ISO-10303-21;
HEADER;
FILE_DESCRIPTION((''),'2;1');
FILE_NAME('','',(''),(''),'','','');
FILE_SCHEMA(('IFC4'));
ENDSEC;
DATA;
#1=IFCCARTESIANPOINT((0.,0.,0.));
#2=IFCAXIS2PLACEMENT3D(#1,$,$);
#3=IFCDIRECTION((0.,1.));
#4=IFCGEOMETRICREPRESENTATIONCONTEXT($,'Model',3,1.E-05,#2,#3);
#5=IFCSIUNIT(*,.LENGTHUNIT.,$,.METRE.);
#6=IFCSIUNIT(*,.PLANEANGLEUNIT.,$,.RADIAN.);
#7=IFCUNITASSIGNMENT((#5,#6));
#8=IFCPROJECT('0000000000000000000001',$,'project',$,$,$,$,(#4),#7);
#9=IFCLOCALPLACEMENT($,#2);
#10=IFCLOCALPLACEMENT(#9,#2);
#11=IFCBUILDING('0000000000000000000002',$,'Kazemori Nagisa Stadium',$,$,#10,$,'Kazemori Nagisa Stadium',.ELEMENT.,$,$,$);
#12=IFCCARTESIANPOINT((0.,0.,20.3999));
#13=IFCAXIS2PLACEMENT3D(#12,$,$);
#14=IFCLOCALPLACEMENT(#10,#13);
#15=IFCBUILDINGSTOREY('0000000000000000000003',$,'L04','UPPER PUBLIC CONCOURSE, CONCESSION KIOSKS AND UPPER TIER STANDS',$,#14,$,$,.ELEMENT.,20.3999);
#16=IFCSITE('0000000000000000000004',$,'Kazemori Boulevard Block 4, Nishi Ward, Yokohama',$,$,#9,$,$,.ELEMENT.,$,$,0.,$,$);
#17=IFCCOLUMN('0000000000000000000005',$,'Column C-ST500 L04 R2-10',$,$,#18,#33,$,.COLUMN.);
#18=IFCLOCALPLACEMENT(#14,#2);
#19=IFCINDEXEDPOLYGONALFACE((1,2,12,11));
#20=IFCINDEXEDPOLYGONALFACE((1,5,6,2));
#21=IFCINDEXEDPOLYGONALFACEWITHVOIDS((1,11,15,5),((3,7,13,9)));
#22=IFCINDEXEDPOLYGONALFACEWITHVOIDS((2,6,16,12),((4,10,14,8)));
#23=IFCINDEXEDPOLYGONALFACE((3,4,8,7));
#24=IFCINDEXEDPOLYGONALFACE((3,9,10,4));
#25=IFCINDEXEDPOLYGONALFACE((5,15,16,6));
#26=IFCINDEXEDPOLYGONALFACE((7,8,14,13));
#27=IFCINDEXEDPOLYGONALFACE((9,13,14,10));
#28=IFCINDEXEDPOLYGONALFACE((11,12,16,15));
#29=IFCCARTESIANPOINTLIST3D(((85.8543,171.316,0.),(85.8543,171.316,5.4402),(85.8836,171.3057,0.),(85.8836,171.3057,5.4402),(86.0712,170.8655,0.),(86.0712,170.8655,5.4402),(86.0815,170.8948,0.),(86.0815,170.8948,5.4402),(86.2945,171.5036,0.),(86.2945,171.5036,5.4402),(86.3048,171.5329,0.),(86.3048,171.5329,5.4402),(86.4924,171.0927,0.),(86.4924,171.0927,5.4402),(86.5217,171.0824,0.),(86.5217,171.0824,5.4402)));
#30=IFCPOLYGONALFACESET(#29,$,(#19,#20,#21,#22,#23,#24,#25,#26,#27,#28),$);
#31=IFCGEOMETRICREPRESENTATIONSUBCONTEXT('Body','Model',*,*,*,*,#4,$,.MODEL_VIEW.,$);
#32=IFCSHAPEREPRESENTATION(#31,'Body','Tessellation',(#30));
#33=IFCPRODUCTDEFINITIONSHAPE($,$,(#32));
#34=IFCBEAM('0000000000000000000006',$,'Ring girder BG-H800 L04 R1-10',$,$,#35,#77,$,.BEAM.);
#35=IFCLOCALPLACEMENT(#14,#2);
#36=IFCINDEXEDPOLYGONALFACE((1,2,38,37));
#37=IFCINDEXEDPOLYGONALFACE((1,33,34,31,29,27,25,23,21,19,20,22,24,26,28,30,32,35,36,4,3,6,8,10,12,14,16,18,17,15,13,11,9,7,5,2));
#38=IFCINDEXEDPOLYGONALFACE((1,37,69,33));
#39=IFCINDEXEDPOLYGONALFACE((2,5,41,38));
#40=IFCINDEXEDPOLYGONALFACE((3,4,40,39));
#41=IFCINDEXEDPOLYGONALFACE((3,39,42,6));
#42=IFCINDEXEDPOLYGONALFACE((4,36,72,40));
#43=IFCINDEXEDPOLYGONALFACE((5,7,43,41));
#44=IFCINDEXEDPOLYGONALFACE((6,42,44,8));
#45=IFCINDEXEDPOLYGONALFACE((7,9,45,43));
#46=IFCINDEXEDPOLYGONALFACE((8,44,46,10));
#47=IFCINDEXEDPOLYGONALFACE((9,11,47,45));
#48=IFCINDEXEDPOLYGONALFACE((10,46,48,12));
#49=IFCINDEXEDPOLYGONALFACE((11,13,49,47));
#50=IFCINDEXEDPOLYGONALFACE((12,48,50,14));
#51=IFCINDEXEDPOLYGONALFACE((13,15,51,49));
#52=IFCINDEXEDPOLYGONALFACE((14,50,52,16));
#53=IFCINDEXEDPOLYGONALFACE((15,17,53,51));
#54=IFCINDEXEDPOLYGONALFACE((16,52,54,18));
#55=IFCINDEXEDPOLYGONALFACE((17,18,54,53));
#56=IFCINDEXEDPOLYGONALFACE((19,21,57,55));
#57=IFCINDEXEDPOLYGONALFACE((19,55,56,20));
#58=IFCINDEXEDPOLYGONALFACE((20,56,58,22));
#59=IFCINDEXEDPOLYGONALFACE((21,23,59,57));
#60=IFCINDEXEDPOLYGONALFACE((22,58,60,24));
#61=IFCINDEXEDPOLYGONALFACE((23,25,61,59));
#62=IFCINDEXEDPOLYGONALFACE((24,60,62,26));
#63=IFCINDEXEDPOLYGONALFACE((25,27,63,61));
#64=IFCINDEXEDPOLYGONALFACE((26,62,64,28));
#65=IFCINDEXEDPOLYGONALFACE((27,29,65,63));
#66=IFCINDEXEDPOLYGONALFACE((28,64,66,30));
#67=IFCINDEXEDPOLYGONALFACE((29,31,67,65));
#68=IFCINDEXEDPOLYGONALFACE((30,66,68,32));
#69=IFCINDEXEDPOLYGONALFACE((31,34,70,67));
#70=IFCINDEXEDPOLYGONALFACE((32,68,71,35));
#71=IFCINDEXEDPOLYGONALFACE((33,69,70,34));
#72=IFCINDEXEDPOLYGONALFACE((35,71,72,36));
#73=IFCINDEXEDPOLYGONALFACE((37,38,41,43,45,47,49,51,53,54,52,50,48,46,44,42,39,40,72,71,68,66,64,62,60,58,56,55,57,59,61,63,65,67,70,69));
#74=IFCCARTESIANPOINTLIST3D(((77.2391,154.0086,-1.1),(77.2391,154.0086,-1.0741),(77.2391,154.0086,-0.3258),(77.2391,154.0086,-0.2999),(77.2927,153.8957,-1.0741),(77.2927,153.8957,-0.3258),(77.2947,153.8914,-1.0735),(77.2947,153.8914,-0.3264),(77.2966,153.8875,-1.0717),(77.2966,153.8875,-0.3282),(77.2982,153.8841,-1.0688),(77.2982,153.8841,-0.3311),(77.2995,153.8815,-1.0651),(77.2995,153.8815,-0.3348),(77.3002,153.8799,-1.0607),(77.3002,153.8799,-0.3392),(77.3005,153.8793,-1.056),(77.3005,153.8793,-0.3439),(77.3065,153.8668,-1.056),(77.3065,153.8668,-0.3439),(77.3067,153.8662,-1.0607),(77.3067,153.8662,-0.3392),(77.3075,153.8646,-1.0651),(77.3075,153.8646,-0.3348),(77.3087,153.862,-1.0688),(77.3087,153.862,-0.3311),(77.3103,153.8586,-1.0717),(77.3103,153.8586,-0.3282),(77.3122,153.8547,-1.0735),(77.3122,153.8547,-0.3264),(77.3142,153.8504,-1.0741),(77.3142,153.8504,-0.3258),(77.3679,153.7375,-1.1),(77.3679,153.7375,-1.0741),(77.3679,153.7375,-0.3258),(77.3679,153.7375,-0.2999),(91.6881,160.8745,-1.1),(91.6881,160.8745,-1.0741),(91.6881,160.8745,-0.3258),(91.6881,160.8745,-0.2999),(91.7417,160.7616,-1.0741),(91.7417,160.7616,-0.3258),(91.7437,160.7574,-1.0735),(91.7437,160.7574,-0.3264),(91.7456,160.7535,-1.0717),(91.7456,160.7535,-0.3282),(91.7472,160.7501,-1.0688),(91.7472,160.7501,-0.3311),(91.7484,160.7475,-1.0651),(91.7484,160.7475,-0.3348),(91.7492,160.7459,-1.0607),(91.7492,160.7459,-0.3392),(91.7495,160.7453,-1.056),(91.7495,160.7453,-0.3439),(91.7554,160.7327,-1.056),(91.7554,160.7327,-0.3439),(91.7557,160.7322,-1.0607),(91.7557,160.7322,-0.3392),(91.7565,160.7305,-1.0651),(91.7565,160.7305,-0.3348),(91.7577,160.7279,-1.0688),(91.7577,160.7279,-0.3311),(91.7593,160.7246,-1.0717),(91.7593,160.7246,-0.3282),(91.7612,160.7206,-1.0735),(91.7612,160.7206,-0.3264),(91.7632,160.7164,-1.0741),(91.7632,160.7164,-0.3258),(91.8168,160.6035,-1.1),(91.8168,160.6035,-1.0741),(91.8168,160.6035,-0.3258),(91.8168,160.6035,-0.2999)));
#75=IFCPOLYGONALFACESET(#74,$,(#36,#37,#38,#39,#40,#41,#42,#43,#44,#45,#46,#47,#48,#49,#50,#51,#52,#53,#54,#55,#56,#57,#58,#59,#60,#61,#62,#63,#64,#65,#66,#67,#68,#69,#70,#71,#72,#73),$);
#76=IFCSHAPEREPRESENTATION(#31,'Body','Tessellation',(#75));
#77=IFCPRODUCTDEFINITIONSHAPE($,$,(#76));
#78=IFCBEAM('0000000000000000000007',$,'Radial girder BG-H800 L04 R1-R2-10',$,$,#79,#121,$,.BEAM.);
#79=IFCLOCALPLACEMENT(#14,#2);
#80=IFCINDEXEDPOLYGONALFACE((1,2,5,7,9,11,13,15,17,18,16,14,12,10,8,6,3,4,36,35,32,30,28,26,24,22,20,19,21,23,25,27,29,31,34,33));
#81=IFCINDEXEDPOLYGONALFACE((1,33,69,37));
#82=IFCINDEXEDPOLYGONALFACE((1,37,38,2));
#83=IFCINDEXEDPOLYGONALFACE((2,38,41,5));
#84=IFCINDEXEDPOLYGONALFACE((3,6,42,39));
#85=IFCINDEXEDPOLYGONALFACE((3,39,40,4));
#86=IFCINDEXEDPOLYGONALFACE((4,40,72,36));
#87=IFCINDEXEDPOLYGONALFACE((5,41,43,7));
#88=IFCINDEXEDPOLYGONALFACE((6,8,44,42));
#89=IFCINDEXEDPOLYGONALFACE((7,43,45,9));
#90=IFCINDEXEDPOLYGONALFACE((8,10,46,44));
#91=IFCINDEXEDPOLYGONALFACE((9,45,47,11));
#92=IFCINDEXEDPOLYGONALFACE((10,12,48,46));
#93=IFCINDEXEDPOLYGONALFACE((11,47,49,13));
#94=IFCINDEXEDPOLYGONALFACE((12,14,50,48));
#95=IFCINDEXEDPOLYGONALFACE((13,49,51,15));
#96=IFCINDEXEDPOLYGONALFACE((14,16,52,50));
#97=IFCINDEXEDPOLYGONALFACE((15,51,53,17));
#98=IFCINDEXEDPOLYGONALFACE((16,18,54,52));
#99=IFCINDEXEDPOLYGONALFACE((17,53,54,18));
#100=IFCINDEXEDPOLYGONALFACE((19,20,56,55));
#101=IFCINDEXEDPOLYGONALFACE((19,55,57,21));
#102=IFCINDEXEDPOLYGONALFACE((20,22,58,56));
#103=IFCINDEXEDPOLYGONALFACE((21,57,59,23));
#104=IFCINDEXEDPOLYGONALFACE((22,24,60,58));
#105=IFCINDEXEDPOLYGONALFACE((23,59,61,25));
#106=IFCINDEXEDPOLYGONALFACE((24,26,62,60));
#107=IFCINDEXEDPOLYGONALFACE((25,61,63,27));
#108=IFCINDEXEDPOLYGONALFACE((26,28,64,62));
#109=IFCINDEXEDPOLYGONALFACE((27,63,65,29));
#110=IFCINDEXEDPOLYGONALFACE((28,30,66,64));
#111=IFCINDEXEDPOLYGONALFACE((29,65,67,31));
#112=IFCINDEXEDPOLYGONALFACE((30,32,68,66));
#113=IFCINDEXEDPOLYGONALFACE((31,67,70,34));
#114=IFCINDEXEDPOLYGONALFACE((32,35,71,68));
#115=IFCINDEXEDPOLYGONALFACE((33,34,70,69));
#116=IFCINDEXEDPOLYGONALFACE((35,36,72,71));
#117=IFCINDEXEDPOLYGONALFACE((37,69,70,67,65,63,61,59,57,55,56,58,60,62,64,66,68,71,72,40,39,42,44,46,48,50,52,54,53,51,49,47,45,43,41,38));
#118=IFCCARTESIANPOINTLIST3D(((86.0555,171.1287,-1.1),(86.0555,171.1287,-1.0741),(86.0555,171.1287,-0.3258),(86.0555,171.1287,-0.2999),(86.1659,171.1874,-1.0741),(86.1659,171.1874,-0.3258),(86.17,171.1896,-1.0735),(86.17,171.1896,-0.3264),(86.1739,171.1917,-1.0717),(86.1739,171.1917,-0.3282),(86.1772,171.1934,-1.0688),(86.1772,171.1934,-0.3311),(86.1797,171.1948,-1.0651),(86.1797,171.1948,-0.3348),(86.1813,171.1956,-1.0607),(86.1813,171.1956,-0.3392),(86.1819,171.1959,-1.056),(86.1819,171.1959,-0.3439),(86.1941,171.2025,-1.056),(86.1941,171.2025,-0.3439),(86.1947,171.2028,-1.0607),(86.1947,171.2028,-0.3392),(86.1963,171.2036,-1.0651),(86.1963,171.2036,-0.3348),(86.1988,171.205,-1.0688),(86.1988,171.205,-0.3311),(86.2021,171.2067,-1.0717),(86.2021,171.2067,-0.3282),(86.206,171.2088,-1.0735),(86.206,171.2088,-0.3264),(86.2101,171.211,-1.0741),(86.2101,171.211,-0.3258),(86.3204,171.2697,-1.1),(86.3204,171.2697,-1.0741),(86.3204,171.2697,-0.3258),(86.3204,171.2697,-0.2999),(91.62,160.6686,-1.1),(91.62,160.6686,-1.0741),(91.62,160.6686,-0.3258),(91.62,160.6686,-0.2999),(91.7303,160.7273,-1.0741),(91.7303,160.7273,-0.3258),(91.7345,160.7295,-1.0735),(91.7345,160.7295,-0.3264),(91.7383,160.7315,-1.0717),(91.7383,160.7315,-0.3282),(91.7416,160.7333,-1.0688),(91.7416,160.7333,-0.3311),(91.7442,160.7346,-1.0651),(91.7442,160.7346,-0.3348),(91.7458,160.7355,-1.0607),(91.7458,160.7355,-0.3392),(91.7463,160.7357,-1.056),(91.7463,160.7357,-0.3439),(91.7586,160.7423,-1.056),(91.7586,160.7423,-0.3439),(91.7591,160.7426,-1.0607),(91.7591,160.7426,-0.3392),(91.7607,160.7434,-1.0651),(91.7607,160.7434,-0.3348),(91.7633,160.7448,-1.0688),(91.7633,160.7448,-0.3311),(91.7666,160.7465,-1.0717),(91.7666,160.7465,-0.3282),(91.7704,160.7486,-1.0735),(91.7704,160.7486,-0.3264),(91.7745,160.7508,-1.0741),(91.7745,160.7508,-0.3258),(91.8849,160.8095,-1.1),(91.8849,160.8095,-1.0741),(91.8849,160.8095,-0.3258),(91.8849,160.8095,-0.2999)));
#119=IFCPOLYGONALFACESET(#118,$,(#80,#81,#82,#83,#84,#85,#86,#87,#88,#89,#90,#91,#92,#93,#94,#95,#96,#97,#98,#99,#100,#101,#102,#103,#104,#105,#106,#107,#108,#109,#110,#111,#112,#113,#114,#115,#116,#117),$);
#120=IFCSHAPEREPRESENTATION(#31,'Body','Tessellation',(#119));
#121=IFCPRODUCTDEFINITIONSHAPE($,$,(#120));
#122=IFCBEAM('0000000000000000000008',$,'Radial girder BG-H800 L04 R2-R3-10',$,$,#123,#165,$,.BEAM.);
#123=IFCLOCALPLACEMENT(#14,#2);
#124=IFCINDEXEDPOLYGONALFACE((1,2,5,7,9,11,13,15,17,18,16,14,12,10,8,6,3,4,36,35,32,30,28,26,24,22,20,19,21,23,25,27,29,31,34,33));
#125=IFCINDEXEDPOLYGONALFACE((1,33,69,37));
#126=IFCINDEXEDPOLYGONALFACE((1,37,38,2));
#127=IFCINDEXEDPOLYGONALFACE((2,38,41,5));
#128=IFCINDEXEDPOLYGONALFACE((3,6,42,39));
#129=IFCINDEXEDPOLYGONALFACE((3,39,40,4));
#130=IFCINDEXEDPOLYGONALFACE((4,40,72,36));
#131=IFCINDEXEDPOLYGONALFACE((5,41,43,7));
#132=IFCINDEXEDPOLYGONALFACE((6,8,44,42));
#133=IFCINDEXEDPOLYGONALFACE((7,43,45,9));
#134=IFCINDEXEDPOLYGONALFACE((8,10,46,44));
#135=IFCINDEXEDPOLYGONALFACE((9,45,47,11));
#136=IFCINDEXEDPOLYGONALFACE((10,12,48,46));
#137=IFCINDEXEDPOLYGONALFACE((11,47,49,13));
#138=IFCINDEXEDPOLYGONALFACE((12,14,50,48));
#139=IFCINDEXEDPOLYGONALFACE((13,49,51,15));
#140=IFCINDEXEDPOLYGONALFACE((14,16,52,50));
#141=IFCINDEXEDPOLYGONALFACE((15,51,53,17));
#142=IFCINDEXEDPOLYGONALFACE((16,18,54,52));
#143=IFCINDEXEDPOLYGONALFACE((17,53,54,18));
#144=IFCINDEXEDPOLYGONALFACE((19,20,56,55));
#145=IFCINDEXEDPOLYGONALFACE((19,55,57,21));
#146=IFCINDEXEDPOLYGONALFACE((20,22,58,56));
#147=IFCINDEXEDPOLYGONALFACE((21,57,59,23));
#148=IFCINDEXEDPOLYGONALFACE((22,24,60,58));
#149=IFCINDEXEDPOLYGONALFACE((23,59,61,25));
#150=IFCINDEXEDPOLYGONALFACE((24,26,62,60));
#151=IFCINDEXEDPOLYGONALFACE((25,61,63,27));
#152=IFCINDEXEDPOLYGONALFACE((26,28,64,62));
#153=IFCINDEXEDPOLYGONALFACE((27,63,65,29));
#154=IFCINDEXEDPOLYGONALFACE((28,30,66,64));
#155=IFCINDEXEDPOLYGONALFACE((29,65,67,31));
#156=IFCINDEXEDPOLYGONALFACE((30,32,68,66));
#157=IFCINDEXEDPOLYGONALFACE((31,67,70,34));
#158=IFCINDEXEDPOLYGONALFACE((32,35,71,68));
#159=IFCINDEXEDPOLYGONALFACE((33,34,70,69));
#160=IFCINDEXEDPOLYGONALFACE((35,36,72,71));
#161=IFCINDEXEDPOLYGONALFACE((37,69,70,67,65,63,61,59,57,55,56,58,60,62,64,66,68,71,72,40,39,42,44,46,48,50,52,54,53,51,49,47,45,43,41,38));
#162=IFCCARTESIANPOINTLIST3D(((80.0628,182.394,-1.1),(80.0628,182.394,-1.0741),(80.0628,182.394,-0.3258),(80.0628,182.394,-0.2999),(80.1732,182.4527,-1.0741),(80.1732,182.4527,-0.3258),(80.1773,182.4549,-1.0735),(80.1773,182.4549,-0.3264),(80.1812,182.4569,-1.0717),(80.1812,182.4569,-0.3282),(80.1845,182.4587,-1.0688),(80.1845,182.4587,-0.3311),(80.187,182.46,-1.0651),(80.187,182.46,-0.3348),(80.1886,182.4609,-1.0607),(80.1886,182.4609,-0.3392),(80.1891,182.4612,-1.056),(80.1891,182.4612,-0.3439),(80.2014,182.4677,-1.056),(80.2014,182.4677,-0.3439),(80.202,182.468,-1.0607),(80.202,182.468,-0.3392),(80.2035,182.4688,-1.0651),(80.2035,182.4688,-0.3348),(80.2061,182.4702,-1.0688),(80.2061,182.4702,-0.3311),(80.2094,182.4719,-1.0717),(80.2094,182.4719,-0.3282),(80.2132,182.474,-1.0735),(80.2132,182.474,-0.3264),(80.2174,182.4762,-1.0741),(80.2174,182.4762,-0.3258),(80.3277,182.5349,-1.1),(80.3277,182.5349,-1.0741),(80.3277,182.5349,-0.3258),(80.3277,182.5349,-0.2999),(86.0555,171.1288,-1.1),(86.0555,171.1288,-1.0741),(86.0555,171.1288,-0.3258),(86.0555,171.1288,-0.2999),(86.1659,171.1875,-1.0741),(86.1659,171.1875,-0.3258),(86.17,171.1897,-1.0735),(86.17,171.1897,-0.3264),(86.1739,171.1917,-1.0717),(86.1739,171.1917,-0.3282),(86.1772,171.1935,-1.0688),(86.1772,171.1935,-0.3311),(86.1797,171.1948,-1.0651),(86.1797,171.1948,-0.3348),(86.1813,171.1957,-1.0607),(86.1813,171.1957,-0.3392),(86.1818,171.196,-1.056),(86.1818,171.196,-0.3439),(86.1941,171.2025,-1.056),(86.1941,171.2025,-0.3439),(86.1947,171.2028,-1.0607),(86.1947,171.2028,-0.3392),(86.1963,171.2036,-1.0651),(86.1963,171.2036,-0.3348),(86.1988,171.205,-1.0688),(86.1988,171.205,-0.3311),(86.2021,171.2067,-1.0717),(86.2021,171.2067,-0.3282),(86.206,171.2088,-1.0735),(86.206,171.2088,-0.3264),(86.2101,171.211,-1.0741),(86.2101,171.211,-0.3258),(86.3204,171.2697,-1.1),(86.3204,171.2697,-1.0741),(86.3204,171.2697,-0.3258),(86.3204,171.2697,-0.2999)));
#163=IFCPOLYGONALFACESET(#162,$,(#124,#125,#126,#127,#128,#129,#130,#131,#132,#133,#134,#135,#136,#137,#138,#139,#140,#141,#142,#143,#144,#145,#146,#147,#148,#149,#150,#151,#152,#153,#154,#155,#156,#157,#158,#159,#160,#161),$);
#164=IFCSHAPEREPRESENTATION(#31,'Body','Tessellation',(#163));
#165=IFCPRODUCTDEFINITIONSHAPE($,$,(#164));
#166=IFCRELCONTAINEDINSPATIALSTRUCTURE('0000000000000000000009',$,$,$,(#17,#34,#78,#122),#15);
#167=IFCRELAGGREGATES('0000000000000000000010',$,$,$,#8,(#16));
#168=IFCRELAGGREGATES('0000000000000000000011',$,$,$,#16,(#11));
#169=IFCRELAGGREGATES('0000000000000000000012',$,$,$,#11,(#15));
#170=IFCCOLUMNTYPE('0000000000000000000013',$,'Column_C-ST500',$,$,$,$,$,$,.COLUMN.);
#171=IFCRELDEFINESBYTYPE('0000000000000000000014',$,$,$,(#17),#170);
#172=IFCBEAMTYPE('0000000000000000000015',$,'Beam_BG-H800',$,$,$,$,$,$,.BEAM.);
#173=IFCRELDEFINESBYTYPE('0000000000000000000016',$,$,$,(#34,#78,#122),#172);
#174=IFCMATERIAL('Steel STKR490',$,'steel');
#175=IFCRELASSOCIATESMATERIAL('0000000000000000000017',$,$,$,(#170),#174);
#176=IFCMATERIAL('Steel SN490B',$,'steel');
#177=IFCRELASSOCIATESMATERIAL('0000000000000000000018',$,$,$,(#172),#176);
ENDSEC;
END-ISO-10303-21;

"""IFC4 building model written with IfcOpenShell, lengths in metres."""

from ifc_helpers import new_model, si_unit, direction, frame, origin, origin_2d, place, context, subcontext, project, spatial, hollow_rectangle, i_section, extrude, material, material_profile, profile_set, type_object, element, save


model = new_model("IFC4")

# Units and contexts
model_context = context("Model", 3, precision=1e-05, world=origin(), true_north=direction((0.0, 1.0)))
body_context = subcontext(model_context, "Body", "Model", "MODEL_VIEW")
ifc_project = project(units=[si_unit("LENGTHUNIT", "METRE"), si_unit("PLANEANGLEUNIT", "RADIAN")], contexts=[model_context])

# Site, building, storey
site_placement = place(None, origin())
site = spatial("IfcSite", under=ifc_project, at=site_placement, Name="Kazemori Boulevard Block 4, Nishi Ward, Yokohama", CompositionType="ELEMENT", RefElevation=0.0)
building_placement = place(site_placement, origin())
building = spatial("IfcBuilding", under=site, at=building_placement, Name="Kazemori Nagisa Stadium", LongName="Kazemori Nagisa Stadium", CompositionType="ELEMENT")
storey_placement = place(building_placement, frame((0.0, 0.0, 20.3999)))
storey = spatial("IfcBuildingStorey", under=building, at=storey_placement, Name="L04", Description="UPPER PUBLIC CONCOURSE, CONCESSION KIOSKS AND UPPER TIER STANDS", CompositionType="ELEMENT", Elevation=20.3999)

# Column
ifc_material_1 = material(Name="Steel STKR490", Category="steel")
ifc_material_profile_1 = material_profile(ifc_material_1, hollow_rectangle(XDim=0.5, YDim=0.5, WallThickness=0.022, at=origin_2d()), Name="SHS-500x500x22")
ifc_profile_set_1 = profile_set([ifc_material_profile_1], Name="Steel STKR490")
column_type = type_object("IfcColumnType", Name="Column_C-ST500", PredefinedType="COLUMN", material=ifc_profile_set_1)
column_placement = place(storey_placement, frame((86.188, 171.1992, 0.0), z_axis=(0.0, 0.0, 1.0), x_axis=(-0.433884, 0.900969, 0.0)))
element("IfcColumn", 1, at=column_placement, inside=storey, type_object=column_type, Name="Column C-ST500 L04 R2-10", PredefinedType="COLUMN", context=body_context, shape_type="SweptSolid", body=[
    extrude(hollow_rectangle(XDim=0.5, YDim=0.5, WallThickness=0.022, at=origin_2d()), origin(), (0.0, 0.0, 1.0), 5.4402),
])

# Beams
ifc_material_2 = material(Name="Steel SN490B", Category="steel")
ifc_material_profile_2 = material_profile(ifc_material_2, i_section(OverallWidth=0.3, OverallDepth=0.8, WebThickness=0.0139, FlangeThickness=0.0259, FilletRadius=0.0181, at=origin_2d()), Name="H-800x300x14x26")
ifc_profile_set_2 = profile_set([ifc_material_profile_2], Name="Steel SN490B")
beam_type_1 = type_object("IfcBeamType", Name="Beam_BG-H800", PredefinedType="BEAM", material=ifc_profile_set_2)
beam_1_placement = place(storey_placement, frame((91.7524, 160.739, -0.7), z_axis=(-0.903212, -0.429195, 0.0), x_axis=(0.429195, -0.903212, 0.0)))
element("IfcBeam", 2, at=beam_1_placement, inside=storey, type_object=beam_type_1, Name="Ring girder BG-H800 L04 R1-10", PredefinedType="BEAM", context=body_context, shape_type="SweptSolid", body=[
    extrude(i_section(OverallWidth=0.3, OverallDepth=0.8, WebThickness=0.0139, FlangeThickness=0.0259, FilletRadius=0.0181, at=origin_2d()), origin(), (0.0, 0.0, 1.0), 15.9973),
])
beam_2_placement = place(storey_placement, frame((91.7524, 160.739, -0.7), z_axis=(-0.469647, 0.882854, 0.0), x_axis=(-0.882854, -0.469647, 0.0)))
element("IfcBeam", 3, at=beam_2_placement, inside=storey, type_object=beam_type_1, Name="Radial girder BG-H800 L04 R1-R2-10", PredefinedType="BEAM", context=body_context, shape_type="SweptSolid", body=[
    extrude(i_section(OverallWidth=0.3, OverallDepth=0.8, WebThickness=0.0139, FlangeThickness=0.0259, FilletRadius=0.0181, at=origin_2d()), origin(), (0.0, 0.0, 1.0), 11.8481),
])
beam_3_placement = place(storey_placement, frame((86.188, 171.1992, -0.7), z_axis=(-0.469649, 0.882853, 0.0), x_axis=(-0.882853, -0.469649, 0.0)))
element("IfcBeam", 4, at=beam_3_placement, inside=storey, type_object=beam_type_1, Name="Radial girder BG-H800 L04 R2-R3-10", PredefinedType="BEAM", context=body_context, shape_type="SweptSolid", body=[
    extrude(i_section(OverallWidth=0.3, OverallDepth=0.8, WebThickness=0.0139, FlangeThickness=0.0259, FilletRadius=0.0181, at=origin_2d()), origin(), (0.0, 0.0, 1.0), 12.76),
])

save(model, "model.ifc")
